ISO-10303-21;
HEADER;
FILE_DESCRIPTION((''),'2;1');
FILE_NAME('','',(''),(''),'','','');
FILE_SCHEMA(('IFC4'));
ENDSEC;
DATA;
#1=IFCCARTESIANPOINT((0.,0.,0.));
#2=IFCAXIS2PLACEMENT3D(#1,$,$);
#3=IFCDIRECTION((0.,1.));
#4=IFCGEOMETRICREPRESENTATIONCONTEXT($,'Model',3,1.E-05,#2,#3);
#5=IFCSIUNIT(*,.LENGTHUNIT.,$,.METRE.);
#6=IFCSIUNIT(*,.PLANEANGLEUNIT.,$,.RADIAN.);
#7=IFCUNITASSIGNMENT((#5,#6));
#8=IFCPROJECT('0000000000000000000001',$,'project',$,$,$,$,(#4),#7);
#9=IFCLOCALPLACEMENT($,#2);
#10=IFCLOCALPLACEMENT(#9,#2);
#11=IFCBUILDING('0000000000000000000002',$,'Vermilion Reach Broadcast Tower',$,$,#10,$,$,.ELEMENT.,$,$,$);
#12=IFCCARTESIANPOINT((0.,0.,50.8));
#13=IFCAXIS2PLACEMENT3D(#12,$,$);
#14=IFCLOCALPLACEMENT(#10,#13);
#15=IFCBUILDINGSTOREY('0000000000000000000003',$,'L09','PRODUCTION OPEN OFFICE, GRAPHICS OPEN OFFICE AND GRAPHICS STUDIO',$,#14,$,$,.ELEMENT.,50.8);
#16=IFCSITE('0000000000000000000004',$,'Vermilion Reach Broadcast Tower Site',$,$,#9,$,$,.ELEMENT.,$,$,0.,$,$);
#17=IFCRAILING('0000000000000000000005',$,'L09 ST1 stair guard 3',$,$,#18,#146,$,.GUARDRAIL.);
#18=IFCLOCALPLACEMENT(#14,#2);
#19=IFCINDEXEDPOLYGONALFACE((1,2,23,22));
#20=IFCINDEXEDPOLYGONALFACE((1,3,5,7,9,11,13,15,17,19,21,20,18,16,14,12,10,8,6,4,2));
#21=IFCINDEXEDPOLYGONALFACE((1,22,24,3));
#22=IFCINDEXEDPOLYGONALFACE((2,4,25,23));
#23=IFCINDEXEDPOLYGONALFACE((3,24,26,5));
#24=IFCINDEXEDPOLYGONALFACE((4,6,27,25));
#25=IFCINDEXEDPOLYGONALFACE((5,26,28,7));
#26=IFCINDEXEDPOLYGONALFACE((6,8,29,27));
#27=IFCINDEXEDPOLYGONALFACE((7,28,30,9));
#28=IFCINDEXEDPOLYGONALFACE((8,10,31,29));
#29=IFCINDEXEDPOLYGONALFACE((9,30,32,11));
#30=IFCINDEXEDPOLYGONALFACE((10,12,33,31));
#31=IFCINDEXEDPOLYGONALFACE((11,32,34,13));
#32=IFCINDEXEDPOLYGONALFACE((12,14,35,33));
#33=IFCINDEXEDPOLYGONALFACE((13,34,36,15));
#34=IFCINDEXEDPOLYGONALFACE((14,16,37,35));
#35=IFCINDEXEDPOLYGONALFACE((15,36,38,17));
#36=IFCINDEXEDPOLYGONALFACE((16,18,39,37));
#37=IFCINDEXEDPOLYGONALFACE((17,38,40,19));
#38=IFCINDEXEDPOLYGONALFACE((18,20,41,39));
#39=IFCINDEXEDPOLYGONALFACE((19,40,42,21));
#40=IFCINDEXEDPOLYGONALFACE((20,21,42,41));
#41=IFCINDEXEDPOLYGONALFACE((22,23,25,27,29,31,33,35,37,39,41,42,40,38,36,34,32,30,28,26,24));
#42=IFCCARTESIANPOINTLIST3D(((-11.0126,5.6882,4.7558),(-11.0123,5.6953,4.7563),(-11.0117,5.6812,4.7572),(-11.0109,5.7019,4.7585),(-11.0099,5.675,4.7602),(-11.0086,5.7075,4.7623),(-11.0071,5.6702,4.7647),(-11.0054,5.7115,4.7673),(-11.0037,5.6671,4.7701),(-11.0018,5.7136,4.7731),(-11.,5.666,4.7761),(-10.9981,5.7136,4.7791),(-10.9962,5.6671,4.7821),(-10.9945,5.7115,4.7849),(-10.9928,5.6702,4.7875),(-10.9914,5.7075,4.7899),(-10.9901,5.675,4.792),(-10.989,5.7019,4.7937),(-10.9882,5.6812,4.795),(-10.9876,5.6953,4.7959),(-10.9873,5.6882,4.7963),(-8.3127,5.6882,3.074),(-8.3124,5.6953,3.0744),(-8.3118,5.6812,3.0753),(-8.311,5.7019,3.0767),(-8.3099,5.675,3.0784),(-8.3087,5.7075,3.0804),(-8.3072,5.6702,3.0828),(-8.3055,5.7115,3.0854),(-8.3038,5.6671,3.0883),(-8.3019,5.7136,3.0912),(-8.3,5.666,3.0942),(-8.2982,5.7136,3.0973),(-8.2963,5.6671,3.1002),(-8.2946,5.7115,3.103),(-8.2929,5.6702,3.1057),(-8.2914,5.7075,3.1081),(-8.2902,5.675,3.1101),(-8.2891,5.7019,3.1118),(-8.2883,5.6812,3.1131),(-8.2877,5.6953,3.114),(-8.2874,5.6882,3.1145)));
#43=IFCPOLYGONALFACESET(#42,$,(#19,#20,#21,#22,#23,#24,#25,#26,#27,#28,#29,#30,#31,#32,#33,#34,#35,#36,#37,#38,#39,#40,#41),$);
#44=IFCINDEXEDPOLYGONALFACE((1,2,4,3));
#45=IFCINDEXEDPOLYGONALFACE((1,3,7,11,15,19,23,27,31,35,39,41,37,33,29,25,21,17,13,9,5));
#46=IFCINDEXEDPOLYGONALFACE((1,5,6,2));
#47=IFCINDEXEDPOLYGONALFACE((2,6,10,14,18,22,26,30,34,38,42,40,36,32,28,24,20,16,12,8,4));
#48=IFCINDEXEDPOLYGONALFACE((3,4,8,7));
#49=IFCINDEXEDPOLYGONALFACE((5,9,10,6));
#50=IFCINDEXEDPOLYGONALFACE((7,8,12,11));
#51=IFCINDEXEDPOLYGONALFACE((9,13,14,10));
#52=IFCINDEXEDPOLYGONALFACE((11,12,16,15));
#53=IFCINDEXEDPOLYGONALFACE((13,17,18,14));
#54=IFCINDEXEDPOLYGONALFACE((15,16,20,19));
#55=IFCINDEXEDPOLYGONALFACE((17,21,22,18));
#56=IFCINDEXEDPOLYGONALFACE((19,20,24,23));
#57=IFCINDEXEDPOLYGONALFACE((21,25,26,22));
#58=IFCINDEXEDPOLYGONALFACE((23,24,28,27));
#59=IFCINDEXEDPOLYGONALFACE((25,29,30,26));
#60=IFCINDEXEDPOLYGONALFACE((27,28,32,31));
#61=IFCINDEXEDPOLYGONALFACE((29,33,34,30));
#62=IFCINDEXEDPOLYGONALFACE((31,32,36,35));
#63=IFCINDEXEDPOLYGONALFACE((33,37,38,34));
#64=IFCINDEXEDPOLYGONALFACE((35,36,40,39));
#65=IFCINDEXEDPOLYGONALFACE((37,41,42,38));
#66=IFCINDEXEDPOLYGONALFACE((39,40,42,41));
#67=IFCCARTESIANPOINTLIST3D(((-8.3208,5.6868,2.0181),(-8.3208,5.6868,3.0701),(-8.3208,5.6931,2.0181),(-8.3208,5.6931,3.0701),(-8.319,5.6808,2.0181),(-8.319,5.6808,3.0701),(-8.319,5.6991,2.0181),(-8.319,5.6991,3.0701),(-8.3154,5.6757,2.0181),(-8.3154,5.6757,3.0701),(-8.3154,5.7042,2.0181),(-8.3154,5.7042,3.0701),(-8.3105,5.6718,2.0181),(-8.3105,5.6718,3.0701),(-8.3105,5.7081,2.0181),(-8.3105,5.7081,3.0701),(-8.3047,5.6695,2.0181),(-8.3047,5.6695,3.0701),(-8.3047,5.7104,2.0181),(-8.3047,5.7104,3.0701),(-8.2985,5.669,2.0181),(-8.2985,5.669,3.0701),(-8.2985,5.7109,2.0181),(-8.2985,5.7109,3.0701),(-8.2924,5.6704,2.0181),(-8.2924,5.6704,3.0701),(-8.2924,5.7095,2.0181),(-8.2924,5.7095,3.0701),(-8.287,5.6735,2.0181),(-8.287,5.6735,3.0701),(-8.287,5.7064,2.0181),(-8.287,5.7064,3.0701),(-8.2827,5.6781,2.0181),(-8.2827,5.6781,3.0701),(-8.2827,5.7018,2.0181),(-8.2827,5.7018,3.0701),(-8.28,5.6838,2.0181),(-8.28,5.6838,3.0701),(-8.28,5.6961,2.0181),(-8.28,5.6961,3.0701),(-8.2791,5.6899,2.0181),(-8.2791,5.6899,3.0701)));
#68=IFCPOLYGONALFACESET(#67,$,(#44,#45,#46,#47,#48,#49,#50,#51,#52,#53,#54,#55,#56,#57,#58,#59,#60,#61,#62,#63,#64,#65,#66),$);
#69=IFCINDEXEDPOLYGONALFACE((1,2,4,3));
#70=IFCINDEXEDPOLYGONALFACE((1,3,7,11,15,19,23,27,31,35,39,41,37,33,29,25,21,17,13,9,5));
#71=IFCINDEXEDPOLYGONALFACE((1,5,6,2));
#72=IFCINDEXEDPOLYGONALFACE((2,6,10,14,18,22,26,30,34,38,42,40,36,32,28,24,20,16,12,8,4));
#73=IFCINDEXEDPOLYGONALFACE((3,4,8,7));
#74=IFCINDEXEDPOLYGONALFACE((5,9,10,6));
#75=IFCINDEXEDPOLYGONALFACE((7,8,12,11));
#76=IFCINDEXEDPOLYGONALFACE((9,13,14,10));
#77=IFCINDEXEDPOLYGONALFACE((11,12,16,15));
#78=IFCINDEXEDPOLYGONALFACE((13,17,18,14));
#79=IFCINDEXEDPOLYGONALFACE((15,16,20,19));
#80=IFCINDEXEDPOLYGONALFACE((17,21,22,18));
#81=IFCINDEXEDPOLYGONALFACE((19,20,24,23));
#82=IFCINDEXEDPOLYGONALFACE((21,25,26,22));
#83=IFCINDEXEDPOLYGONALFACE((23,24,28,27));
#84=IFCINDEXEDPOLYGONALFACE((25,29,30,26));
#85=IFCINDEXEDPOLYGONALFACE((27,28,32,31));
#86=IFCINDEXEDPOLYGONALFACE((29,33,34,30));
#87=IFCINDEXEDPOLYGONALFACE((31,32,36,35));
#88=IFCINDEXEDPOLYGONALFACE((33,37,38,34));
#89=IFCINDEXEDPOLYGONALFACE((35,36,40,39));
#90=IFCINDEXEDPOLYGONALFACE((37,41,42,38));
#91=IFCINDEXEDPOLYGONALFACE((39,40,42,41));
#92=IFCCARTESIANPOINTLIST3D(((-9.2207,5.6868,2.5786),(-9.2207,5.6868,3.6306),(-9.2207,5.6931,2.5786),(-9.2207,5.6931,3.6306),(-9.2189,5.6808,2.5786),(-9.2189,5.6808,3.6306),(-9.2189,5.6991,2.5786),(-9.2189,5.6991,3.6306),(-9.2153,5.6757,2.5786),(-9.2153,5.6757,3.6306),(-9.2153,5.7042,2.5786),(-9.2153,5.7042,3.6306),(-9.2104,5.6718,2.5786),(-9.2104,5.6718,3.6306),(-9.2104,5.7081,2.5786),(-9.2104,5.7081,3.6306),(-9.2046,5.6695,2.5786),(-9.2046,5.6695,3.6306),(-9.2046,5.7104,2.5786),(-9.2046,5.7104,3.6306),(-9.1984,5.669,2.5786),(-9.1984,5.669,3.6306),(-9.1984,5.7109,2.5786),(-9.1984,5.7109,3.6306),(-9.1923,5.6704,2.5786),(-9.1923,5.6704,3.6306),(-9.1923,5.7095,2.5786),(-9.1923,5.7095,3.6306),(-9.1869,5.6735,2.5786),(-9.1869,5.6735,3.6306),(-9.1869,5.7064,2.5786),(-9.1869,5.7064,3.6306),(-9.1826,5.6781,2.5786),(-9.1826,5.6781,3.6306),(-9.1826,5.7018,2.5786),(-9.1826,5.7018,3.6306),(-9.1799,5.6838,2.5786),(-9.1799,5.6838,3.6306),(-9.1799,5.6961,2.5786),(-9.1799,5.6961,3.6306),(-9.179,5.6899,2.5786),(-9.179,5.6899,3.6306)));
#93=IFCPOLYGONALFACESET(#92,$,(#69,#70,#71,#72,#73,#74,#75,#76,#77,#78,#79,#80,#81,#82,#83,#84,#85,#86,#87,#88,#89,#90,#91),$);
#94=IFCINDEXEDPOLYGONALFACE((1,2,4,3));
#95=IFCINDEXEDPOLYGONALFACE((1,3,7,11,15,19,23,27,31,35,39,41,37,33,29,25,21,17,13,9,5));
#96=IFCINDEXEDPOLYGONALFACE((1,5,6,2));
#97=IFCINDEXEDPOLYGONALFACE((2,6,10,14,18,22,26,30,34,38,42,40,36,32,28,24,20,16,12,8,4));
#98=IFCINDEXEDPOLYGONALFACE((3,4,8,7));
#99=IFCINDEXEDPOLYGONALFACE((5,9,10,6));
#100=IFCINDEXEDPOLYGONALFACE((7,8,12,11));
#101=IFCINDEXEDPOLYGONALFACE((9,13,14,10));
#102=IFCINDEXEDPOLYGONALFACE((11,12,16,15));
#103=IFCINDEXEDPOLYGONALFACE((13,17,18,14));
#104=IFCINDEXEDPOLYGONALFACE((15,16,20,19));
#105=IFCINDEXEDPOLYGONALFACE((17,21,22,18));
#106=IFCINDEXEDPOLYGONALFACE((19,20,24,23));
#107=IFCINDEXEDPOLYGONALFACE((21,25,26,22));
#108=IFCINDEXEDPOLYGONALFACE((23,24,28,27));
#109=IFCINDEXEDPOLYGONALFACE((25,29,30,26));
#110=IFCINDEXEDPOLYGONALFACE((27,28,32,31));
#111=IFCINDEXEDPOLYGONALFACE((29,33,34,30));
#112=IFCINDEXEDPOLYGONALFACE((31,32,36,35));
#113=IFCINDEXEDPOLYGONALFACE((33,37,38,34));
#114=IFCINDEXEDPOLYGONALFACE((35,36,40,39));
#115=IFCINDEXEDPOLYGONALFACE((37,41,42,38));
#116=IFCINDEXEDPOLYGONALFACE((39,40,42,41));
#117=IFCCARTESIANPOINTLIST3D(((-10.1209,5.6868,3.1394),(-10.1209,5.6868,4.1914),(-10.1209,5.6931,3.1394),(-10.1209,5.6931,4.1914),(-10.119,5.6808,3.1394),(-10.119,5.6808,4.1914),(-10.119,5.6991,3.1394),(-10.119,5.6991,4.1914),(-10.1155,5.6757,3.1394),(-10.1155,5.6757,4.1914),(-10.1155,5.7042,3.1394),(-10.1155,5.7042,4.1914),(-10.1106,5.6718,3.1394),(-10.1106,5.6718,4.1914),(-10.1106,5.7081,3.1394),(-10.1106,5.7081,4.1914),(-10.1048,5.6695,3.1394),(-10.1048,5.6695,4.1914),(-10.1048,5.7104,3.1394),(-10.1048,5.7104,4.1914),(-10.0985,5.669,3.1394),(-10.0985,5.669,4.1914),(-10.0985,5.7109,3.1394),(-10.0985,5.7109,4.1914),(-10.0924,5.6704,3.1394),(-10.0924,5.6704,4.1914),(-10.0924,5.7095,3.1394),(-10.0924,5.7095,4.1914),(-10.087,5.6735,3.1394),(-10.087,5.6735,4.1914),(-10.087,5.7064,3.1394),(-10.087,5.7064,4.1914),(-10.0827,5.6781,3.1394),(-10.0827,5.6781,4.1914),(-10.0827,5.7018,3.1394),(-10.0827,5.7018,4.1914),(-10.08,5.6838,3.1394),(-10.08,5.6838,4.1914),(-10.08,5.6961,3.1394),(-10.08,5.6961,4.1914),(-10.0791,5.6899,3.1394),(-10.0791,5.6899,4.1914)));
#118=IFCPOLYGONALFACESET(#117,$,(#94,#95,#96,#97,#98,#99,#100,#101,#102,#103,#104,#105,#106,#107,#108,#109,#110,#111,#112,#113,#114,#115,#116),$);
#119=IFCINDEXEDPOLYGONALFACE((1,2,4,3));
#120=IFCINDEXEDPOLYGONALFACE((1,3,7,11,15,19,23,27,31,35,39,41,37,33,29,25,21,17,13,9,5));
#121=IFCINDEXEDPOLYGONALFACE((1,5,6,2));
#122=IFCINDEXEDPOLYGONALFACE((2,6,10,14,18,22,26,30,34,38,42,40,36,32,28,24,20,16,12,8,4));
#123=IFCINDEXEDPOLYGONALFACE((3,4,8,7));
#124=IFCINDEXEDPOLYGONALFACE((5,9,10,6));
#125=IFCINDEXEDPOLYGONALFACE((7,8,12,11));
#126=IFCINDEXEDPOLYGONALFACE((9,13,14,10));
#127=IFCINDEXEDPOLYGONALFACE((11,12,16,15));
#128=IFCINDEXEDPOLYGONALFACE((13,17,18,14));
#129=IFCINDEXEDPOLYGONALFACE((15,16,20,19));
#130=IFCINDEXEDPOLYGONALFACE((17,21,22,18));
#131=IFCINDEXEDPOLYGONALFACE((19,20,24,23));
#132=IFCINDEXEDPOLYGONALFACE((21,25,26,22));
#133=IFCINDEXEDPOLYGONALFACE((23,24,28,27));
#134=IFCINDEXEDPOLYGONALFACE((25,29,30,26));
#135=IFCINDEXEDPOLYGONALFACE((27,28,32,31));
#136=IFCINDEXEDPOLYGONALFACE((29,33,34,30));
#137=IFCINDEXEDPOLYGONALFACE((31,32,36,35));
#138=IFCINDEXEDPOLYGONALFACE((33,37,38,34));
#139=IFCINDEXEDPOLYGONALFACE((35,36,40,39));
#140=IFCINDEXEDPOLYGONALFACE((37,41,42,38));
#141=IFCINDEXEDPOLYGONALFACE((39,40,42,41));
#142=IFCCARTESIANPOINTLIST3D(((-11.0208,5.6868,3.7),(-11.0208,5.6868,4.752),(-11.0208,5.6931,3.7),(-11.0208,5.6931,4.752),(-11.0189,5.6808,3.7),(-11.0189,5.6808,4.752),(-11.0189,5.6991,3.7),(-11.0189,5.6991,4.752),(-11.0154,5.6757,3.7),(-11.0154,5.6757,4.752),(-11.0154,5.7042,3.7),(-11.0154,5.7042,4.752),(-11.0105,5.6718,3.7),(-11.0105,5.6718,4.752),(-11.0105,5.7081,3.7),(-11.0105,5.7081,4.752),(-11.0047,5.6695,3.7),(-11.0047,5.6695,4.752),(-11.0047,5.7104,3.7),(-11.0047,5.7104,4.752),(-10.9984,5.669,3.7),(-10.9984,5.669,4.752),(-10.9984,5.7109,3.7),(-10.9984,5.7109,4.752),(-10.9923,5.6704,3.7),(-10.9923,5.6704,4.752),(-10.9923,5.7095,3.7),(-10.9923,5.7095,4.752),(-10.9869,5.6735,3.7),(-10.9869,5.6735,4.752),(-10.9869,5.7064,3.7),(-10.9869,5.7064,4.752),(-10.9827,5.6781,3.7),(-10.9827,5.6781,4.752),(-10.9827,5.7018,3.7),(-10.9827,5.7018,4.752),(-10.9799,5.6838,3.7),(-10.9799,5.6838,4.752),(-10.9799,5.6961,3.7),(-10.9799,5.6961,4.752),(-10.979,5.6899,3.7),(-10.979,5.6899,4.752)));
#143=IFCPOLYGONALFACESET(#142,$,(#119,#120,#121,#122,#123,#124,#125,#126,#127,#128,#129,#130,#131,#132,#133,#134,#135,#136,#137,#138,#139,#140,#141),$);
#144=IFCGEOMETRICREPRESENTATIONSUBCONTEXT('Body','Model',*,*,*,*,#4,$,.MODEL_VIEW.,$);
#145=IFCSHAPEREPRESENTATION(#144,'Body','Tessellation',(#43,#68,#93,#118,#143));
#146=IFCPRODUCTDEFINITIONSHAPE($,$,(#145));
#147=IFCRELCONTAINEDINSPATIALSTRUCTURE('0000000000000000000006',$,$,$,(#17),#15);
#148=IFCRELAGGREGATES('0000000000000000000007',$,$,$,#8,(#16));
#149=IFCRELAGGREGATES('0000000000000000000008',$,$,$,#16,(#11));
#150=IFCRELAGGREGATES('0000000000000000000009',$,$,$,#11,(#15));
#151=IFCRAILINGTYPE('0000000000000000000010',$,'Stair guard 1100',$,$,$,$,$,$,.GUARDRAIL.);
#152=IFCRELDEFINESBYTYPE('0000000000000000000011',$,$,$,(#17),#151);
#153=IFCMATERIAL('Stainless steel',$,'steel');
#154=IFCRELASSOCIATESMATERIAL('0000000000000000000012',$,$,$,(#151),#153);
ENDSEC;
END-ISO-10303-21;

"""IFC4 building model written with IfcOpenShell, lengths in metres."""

from ifc_helpers import new_model, si_unit, direction, frame, origin, origin_2d, place, context, subcontext, project, spatial, circle, extrude, material, type_object, element, save


model = new_model("IFC4")

# Units and contexts
model_context = context("Model", 3, precision=1e-05, world=origin(), true_north=direction((0.0, 1.0)))
body_context = subcontext(model_context, "Body", "Model", "MODEL_VIEW")
ifc_project = project(units=[si_unit("LENGTHUNIT", "METRE"), si_unit("PLANEANGLEUNIT", "RADIAN")], contexts=[model_context])

# Site, building, storey
site_placement = place(None, origin())
site = spatial("IfcSite", under=ifc_project, at=site_placement, Name="Vermilion Reach Broadcast Tower Site", CompositionType="ELEMENT", RefElevation=0.0)
building_placement = place(site_placement, origin())
building = spatial("IfcBuilding", under=site, at=building_placement, Name="Vermilion Reach Broadcast Tower", CompositionType="ELEMENT")
storey_placement = place(building_placement, frame((0.0, 0.0, 50.8)))
storey = spatial("IfcBuildingStorey", under=building, at=storey_placement, Name="L09", Description="PRODUCTION OPEN OFFICE, GRAPHICS OPEN OFFICE AND GRAPHICS STUDIO", CompositionType="ELEMENT", Elevation=50.8)

# Railing
ifc_material_1 = material(Name="Stainless steel", Category="steel")
railing_type_1 = type_object("IfcRailingType", Name="Stair guard 1100", PredefinedType="GUARDRAIL", material=ifc_material_1)
railing_1_placement = place(storey_placement, frame((-8.3, 5.6899, 2.0181)))
element("IfcRailing", 1, at=railing_1_placement, inside=storey, type_object=railing_type_1, Name="L09 ST1 stair guard 3", PredefinedType="GUARDRAIL", context=body_context, shape_type="SweptSolid", body=[
    extrude(circle(Radius=0.0239, at=origin_2d()), frame((0.0, 0.0, 1.0762), z_axis=(-0.848786, 0.0, 0.528736), x_axis=(0.0, -1.0, 0.0)), (0.0, 0.0, 1.0), 3.1809),
    extrude(circle(Radius=0.021, at=origin_2d()), origin(), (0.0, 0.0, 1.0), 1.052),
    extrude(circle(Radius=0.021, at=origin_2d()), frame((-0.8999, 0.0, 0.5605)), (0.0, 0.0, 1.0), 1.052),
    extrude(circle(Radius=0.021, at=origin_2d()), frame((-1.8, 0.0, 1.1213)), (0.0, 0.0, 1.0), 1.052),
    extrude(circle(Radius=0.021, at=origin_2d()), frame((-2.7, 0.0, 1.6819)), (0.0, 0.0, 1.0), 1.052),
])

save(model, "model.ifc")
